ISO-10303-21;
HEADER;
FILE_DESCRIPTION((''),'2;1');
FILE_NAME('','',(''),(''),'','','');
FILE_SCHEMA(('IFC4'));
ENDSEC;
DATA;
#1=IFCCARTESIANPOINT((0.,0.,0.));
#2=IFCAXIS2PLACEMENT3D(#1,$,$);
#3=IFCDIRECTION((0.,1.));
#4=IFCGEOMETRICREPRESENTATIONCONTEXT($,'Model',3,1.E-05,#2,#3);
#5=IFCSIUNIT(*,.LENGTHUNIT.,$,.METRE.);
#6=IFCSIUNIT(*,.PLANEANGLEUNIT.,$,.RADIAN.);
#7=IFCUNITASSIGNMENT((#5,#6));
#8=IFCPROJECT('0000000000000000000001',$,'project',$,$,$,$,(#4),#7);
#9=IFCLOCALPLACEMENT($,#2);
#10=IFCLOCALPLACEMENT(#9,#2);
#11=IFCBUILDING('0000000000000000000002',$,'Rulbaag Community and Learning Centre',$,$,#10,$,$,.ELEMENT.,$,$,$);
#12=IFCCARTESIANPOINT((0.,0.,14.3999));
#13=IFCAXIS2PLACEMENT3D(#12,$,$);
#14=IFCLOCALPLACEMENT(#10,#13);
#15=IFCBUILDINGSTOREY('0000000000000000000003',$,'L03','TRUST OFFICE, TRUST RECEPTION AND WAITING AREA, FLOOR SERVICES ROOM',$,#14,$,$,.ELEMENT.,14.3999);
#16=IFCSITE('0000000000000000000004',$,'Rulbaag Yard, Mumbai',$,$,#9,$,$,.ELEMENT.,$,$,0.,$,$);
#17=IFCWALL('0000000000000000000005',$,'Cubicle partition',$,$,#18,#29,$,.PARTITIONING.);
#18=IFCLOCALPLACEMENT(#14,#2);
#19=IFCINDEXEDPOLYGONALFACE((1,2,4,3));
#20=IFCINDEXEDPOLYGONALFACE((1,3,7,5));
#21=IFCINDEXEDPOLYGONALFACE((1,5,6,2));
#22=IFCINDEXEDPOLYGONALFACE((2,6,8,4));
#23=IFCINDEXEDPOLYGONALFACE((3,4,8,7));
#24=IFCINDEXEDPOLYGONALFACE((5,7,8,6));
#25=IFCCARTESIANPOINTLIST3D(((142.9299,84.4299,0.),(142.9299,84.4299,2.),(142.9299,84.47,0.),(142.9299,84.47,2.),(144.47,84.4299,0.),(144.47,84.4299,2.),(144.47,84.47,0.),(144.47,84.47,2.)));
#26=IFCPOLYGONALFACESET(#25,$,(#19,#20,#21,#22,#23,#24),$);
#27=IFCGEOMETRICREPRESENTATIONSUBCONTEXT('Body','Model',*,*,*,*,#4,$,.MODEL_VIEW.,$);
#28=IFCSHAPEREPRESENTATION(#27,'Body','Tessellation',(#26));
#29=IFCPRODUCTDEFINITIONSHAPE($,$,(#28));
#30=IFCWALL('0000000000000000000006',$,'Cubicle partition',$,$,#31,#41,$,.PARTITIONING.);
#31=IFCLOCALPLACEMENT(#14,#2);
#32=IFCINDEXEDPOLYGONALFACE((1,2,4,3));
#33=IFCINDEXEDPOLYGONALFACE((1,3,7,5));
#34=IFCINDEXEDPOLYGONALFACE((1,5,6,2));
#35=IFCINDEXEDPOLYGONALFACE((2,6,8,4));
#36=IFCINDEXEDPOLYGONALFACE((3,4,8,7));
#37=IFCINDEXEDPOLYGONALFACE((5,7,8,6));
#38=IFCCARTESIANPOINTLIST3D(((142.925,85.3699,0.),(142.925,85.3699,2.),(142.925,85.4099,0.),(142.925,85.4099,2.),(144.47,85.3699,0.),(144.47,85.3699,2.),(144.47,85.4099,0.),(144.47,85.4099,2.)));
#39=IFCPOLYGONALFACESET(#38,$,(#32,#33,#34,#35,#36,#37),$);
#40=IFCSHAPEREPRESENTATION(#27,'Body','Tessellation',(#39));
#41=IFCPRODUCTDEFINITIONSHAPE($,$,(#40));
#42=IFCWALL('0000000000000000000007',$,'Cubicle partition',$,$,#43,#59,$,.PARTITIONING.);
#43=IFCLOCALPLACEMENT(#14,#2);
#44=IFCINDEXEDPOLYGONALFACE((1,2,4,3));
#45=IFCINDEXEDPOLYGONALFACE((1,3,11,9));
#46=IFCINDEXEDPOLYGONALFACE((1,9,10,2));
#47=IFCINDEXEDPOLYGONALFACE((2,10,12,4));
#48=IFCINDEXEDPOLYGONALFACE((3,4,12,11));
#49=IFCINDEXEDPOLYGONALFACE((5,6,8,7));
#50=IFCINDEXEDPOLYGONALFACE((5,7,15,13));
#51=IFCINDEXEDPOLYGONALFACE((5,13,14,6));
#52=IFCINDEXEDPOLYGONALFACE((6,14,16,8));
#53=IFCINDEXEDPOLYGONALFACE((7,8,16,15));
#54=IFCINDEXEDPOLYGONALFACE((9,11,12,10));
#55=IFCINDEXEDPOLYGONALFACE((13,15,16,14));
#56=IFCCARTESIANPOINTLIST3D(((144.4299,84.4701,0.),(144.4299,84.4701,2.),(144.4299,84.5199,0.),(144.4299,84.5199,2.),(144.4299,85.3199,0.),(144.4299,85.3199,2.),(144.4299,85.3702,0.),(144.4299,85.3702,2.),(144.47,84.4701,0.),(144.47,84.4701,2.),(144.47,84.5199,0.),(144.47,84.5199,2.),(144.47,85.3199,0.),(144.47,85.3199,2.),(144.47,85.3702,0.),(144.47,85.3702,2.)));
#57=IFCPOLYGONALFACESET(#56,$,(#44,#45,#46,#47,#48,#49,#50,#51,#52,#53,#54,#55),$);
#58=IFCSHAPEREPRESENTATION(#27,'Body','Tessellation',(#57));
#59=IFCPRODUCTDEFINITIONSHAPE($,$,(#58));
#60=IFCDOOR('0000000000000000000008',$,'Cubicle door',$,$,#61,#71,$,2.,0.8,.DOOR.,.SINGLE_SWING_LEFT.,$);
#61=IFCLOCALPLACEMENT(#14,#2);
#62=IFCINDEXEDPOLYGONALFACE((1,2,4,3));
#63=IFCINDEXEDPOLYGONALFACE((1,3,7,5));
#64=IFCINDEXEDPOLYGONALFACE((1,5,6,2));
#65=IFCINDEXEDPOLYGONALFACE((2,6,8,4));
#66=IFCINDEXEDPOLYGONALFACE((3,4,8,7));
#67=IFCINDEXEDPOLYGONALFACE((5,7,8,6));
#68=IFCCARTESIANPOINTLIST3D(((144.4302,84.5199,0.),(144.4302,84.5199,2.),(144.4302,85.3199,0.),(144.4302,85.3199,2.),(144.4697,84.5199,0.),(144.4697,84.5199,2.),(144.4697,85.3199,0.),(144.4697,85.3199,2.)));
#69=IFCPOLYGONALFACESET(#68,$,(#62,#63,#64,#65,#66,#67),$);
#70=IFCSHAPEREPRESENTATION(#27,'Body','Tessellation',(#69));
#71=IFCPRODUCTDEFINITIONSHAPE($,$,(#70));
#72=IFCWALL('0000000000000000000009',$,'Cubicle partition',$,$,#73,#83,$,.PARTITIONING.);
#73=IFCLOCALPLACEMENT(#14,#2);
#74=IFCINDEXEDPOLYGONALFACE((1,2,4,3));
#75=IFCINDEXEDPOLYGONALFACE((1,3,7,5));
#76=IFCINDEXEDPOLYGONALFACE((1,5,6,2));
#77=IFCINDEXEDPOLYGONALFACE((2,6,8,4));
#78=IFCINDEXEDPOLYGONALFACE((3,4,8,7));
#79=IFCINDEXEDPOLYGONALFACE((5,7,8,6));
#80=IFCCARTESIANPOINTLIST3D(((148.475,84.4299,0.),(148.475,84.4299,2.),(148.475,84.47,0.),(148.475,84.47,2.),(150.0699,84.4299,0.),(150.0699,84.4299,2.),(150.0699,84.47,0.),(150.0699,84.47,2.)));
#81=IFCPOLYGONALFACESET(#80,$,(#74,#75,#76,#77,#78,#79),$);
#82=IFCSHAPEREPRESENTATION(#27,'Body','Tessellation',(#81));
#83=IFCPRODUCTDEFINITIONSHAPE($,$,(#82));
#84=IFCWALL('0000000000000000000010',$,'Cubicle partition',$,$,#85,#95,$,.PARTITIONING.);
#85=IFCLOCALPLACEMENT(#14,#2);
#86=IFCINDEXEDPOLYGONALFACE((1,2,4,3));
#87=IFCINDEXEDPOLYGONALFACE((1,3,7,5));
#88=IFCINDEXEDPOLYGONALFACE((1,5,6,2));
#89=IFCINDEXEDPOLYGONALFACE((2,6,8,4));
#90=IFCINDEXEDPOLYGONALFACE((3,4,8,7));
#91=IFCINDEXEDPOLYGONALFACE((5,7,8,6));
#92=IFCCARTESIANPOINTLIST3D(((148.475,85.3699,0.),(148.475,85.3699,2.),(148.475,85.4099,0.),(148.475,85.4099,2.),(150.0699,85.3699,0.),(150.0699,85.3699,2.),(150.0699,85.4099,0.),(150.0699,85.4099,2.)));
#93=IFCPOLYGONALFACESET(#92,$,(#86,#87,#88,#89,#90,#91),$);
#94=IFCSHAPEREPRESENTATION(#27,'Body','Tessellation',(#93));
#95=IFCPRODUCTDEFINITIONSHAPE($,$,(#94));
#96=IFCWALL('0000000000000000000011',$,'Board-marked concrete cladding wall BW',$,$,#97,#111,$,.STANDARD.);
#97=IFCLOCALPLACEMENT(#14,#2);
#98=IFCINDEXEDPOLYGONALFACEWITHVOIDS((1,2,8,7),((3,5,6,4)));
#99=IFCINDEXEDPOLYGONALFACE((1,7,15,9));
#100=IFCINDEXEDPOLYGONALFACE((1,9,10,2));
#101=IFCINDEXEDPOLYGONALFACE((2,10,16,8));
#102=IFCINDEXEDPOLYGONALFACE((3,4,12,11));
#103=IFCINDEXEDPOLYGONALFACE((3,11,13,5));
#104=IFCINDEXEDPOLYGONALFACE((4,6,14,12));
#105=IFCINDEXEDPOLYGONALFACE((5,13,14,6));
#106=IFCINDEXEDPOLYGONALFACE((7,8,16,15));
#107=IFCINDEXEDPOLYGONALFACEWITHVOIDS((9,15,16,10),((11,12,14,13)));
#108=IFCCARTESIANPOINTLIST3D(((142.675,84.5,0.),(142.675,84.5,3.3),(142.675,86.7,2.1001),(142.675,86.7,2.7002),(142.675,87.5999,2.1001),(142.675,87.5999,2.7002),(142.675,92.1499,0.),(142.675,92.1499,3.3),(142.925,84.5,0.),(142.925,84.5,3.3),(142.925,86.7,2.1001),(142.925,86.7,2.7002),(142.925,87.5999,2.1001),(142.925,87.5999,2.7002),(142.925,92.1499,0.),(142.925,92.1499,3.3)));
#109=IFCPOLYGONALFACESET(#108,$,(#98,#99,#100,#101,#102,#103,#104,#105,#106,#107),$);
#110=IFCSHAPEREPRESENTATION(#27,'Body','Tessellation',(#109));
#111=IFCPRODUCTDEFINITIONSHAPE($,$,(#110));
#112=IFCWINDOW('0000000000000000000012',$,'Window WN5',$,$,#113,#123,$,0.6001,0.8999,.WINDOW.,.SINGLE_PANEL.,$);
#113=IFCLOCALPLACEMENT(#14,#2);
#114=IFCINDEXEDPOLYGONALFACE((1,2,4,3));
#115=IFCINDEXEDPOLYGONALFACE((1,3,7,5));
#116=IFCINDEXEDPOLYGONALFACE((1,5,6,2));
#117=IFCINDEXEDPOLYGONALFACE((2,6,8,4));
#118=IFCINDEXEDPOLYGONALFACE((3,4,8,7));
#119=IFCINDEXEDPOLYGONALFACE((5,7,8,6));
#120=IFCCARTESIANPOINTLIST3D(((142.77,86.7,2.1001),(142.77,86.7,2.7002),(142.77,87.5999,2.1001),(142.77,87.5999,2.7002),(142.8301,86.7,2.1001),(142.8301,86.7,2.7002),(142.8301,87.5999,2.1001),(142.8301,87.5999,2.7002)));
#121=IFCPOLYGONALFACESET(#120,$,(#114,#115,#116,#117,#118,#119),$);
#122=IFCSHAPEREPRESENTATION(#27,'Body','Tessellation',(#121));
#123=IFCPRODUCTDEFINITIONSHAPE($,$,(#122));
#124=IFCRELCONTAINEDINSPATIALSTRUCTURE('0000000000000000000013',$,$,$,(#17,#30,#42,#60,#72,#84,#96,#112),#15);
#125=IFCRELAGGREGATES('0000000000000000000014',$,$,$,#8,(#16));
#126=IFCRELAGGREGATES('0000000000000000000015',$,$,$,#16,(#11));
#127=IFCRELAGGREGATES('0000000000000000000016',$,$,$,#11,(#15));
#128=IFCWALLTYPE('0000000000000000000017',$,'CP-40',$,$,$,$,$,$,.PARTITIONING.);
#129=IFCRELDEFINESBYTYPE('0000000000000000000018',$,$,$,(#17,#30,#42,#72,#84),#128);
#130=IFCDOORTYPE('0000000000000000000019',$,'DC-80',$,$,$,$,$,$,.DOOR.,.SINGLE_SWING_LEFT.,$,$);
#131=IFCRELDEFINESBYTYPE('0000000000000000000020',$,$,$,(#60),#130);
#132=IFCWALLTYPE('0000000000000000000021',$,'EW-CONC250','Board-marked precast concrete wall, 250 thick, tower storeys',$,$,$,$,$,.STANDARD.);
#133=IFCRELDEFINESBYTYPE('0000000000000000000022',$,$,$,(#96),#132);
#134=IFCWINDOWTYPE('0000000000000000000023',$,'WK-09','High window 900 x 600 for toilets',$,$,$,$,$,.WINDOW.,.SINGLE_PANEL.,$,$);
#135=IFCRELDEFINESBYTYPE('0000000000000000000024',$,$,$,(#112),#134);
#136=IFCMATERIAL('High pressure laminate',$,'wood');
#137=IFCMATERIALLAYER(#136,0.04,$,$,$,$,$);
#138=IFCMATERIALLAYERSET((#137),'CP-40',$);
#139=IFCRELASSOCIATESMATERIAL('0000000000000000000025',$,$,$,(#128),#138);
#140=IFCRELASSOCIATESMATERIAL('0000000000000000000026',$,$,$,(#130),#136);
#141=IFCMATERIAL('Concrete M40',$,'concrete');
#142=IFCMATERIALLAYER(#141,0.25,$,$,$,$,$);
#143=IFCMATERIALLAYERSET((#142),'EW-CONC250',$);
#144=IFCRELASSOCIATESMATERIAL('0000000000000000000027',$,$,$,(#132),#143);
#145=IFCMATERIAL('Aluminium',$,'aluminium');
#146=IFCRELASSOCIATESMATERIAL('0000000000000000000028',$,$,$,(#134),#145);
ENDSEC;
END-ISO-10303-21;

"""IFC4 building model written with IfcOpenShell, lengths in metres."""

from ifc_helpers import new_model, si_unit, direction, frame, frame_2d, origin, place, context, subcontext, project, spatial, rectangle, extrude, material, layer, layer_set, type_object, element, fill, save


model = new_model("IFC4")

# Units and contexts
model_context = context("Model", 3, precision=1e-05, world=origin(), true_north=direction((0.0, 1.0)))
body_context = subcontext(model_context, "Body", "Model", "MODEL_VIEW")
ifc_project = project(units=[si_unit("LENGTHUNIT", "METRE"), si_unit("PLANEANGLEUNIT", "RADIAN")], contexts=[model_context])

# Site, building, storey
site_placement = place(None, origin())
site = spatial("IfcSite", under=ifc_project, at=site_placement, Name="Rulbaag Yard, Mumbai", CompositionType="ELEMENT", RefElevation=0.0)
building_placement = place(site_placement, origin())
building = spatial("IfcBuilding", under=site, at=building_placement, Name="Rulbaag Community and Learning Centre", CompositionType="ELEMENT")
storey_placement = place(building_placement, frame((0.0, 0.0, 14.3999)))
storey = spatial("IfcBuildingStorey", under=building, at=storey_placement, Name="L03", Description="TRUST OFFICE, TRUST RECEPTION AND WAITING AREA, FLOOR SERVICES ROOM", CompositionType="ELEMENT", Elevation=14.3999)

# Walls
ifc_material_1 = material(Name="High pressure laminate", Category="wood")
ifc_layer_1 = layer(ifc_material_1, 0.04)
ifc_layer_set_1 = layer_set([ifc_layer_1], Name="CP-40")
wall_type_1 = type_object("IfcWallType", Name="CP-40", PredefinedType="PARTITIONING", material=ifc_layer_set_1)
wall_1_placement = place(storey_placement, frame((142.9299, 84.45, 0.0), z_axis=(0.0, 0.0, 1.0), x_axis=(1.0, 0.0, 0.0)))
element("IfcWall", 1, at=wall_1_placement, inside=storey, type_object=wall_type_1, Name="Cubicle partition", PredefinedType="PARTITIONING", context=body_context, shape_type="SweptSolid", body=[
    extrude(rectangle(XDim=1.54, YDim=0.04, at=frame_2d((0.77, 0.0))), origin(), (0.0, 0.0, 1.0), 2.0),
])
wall_2_placement = place(storey_placement, frame((142.925, 85.3899, 0.0), z_axis=(0.0, 0.0, 1.0), x_axis=(1.0, 0.0, 0.0)))
element("IfcWall", 2, at=wall_2_placement, inside=storey, type_object=wall_type_1, Name="Cubicle partition", PredefinedType="PARTITIONING", context=body_context, shape_type="SweptSolid", body=[
    extrude(rectangle(XDim=1.5449, YDim=0.04, at=frame_2d((0.7725, 0.0))), origin(), (0.0, 0.0, 1.0), 2.0),
])

# Wall, opening, door
wall_3_placement = place(storey_placement, frame((144.45, 84.47, 0.0), z_axis=(0.0, 0.0, 1.0), x_axis=(0.0, 1.0, 0.0)))
wall_3 = element("IfcWall", 3, at=wall_3_placement, inside=storey, type_object=wall_type_1, Name="Cubicle partition", PredefinedType="PARTITIONING", context=body_context, shape_type="SweptSolid", body=[
    extrude(rectangle(XDim=0.9001, YDim=0.04, at=frame_2d((0.4502, 0.0))), origin(), (0.0, 0.0, 1.0), 2.0),
])
opening_1_placement = place(wall_3_placement, frame((0.05, 0.0, 0.0)))
opening_1 = element("IfcOpeningElement", 4, at=opening_1_placement, cuts=wall_3, PredefinedType="OPENING", context=body_context, shape_type="SweptSolid", body=[
    extrude(rectangle(XDim=0.8, YDim=2.0, at=frame_2d((0.3999, 1.0))), frame((0.0, 0.03, 0.0), z_axis=(0.0, -1.0, 0.0), x_axis=(1.0, 0.0, 0.0)), (0.0, 0.0, 1.0), 0.0601),
])
door_type_1 = type_object("IfcDoorType", Name="DC-80", OperationType="SINGLE_SWING_LEFT", PredefinedType="DOOR", material=ifc_material_1)
door_1_placement = place(opening_1_placement, origin())
door_1 = element("IfcDoor", 5, at=door_1_placement, inside=storey, type_object=door_type_1, Name="Cubicle door", OperationType="SINGLE_SWING_LEFT", OverallHeight=2.0, OverallWidth=0.8, PredefinedType="DOOR", context=body_context, shape_type="SweptSolid", body=[
    extrude(rectangle(XDim=0.8, YDim=2.0, at=frame_2d((0.3999, 1.0))), frame((0.0, 0.0198, 0.0), z_axis=(0.0, -1.0, 0.0), x_axis=(1.0, 0.0, 0.0)), (0.0, 0.0, 1.0), 0.0396),
])
fill(opening_1, door_1)

# Walls
for number, where, z_axis, x_axis, name in (
    (6, (148.4751, 84.45, 0.0), (0.0, 0.0, 1.0), (1.0, 0.0, 0.0), "Cubicle partition"),
    (7, (148.4751, 85.3899, 0.0), (0.0, 0.0, 1.0), (1.0, 0.0, 0.0), "Cubicle partition"),
):
    element("IfcWall", number, at=place(storey_placement, frame(where, z_axis=z_axis, x_axis=x_axis)), inside=storey, type_object=wall_type_1, Name=name, PredefinedType="PARTITIONING", context=body_context, shape_type="SweptSolid", body=[
        extrude(rectangle(XDim=1.595, YDim=0.04, at=frame_2d((0.7974, 0.0))), origin(), (0.0, 0.0, 1.0), 2.0),
    ])

# Wall, opening, window
ifc_material_2 = material(Name="Concrete M40", Category="concrete")
ifc_layer_2 = layer(ifc_material_2, 0.25)
ifc_layer_set_2 = layer_set([ifc_layer_2], Name="EW-CONC250")
wall_type_2 = type_object("IfcWallType", Name="EW-CONC250", Description="Board-marked precast concrete wall, 250 thick, tower storeys", PredefinedType="STANDARD", material=ifc_layer_set_2)
wall_4_placement = place(storey_placement, frame((142.8, 84.5, 0.0), z_axis=(0.0, 0.0, 1.0), x_axis=(0.0, 1.0, 0.0)))
wall_4 = element("IfcWall", 8, at=wall_4_placement, inside=storey, type_object=wall_type_2, Name="Board-marked concrete cladding wall BW", PredefinedType="STANDARD", context=body_context, shape_type="SweptSolid", body=[
    extrude(rectangle(XDim=7.6499, YDim=0.25, at=frame_2d((3.825, 0.0))), origin(), (0.0, 0.0, 1.0), 3.3),
])
opening_2_placement = place(wall_4_placement, frame((2.2, 0.0, 2.1001)))
opening_2 = element("IfcOpeningElement", 9, at=opening_2_placement, cuts=wall_4, PredefinedType="OPENING", context=body_context, shape_type="SweptSolid", body=[
    extrude(rectangle(XDim=0.8999, YDim=0.6001, at=frame_2d((0.45, 0.3))), frame((0.0, 0.135, 0.0), z_axis=(0.0, -1.0, 0.0), x_axis=(1.0, 0.0, 0.0)), (0.0, 0.0, 1.0), 0.27),
])
ifc_material_3 = material(Name="Aluminium", Category="aluminium")
window_type = type_object("IfcWindowType", Name="WK-09", Description="High window 900 x 600 for toilets", PartitioningType="SINGLE_PANEL", PredefinedType="WINDOW", material=ifc_material_3)
window_placement = place(opening_2_placement, origin())
window = element("IfcWindow", 10, at=window_placement, inside=storey, type_object=window_type, Name="Window WN5", OverallHeight=0.6001, OverallWidth=0.8999, PartitioningType="SINGLE_PANEL", PredefinedType="WINDOW", context=body_context, shape_type="SweptSolid", body=[
    extrude(rectangle(XDim=0.8999, YDim=0.6001, at=frame_2d((0.45, 0.3))), frame((0.0, 0.03, 0.0), z_axis=(0.0, -1.0, 0.0), x_axis=(1.0, 0.0, 0.0)), (0.0, 0.0, 1.0), 0.0601),
])
fill(opening_2, window)

save(model, "model.ifc")
